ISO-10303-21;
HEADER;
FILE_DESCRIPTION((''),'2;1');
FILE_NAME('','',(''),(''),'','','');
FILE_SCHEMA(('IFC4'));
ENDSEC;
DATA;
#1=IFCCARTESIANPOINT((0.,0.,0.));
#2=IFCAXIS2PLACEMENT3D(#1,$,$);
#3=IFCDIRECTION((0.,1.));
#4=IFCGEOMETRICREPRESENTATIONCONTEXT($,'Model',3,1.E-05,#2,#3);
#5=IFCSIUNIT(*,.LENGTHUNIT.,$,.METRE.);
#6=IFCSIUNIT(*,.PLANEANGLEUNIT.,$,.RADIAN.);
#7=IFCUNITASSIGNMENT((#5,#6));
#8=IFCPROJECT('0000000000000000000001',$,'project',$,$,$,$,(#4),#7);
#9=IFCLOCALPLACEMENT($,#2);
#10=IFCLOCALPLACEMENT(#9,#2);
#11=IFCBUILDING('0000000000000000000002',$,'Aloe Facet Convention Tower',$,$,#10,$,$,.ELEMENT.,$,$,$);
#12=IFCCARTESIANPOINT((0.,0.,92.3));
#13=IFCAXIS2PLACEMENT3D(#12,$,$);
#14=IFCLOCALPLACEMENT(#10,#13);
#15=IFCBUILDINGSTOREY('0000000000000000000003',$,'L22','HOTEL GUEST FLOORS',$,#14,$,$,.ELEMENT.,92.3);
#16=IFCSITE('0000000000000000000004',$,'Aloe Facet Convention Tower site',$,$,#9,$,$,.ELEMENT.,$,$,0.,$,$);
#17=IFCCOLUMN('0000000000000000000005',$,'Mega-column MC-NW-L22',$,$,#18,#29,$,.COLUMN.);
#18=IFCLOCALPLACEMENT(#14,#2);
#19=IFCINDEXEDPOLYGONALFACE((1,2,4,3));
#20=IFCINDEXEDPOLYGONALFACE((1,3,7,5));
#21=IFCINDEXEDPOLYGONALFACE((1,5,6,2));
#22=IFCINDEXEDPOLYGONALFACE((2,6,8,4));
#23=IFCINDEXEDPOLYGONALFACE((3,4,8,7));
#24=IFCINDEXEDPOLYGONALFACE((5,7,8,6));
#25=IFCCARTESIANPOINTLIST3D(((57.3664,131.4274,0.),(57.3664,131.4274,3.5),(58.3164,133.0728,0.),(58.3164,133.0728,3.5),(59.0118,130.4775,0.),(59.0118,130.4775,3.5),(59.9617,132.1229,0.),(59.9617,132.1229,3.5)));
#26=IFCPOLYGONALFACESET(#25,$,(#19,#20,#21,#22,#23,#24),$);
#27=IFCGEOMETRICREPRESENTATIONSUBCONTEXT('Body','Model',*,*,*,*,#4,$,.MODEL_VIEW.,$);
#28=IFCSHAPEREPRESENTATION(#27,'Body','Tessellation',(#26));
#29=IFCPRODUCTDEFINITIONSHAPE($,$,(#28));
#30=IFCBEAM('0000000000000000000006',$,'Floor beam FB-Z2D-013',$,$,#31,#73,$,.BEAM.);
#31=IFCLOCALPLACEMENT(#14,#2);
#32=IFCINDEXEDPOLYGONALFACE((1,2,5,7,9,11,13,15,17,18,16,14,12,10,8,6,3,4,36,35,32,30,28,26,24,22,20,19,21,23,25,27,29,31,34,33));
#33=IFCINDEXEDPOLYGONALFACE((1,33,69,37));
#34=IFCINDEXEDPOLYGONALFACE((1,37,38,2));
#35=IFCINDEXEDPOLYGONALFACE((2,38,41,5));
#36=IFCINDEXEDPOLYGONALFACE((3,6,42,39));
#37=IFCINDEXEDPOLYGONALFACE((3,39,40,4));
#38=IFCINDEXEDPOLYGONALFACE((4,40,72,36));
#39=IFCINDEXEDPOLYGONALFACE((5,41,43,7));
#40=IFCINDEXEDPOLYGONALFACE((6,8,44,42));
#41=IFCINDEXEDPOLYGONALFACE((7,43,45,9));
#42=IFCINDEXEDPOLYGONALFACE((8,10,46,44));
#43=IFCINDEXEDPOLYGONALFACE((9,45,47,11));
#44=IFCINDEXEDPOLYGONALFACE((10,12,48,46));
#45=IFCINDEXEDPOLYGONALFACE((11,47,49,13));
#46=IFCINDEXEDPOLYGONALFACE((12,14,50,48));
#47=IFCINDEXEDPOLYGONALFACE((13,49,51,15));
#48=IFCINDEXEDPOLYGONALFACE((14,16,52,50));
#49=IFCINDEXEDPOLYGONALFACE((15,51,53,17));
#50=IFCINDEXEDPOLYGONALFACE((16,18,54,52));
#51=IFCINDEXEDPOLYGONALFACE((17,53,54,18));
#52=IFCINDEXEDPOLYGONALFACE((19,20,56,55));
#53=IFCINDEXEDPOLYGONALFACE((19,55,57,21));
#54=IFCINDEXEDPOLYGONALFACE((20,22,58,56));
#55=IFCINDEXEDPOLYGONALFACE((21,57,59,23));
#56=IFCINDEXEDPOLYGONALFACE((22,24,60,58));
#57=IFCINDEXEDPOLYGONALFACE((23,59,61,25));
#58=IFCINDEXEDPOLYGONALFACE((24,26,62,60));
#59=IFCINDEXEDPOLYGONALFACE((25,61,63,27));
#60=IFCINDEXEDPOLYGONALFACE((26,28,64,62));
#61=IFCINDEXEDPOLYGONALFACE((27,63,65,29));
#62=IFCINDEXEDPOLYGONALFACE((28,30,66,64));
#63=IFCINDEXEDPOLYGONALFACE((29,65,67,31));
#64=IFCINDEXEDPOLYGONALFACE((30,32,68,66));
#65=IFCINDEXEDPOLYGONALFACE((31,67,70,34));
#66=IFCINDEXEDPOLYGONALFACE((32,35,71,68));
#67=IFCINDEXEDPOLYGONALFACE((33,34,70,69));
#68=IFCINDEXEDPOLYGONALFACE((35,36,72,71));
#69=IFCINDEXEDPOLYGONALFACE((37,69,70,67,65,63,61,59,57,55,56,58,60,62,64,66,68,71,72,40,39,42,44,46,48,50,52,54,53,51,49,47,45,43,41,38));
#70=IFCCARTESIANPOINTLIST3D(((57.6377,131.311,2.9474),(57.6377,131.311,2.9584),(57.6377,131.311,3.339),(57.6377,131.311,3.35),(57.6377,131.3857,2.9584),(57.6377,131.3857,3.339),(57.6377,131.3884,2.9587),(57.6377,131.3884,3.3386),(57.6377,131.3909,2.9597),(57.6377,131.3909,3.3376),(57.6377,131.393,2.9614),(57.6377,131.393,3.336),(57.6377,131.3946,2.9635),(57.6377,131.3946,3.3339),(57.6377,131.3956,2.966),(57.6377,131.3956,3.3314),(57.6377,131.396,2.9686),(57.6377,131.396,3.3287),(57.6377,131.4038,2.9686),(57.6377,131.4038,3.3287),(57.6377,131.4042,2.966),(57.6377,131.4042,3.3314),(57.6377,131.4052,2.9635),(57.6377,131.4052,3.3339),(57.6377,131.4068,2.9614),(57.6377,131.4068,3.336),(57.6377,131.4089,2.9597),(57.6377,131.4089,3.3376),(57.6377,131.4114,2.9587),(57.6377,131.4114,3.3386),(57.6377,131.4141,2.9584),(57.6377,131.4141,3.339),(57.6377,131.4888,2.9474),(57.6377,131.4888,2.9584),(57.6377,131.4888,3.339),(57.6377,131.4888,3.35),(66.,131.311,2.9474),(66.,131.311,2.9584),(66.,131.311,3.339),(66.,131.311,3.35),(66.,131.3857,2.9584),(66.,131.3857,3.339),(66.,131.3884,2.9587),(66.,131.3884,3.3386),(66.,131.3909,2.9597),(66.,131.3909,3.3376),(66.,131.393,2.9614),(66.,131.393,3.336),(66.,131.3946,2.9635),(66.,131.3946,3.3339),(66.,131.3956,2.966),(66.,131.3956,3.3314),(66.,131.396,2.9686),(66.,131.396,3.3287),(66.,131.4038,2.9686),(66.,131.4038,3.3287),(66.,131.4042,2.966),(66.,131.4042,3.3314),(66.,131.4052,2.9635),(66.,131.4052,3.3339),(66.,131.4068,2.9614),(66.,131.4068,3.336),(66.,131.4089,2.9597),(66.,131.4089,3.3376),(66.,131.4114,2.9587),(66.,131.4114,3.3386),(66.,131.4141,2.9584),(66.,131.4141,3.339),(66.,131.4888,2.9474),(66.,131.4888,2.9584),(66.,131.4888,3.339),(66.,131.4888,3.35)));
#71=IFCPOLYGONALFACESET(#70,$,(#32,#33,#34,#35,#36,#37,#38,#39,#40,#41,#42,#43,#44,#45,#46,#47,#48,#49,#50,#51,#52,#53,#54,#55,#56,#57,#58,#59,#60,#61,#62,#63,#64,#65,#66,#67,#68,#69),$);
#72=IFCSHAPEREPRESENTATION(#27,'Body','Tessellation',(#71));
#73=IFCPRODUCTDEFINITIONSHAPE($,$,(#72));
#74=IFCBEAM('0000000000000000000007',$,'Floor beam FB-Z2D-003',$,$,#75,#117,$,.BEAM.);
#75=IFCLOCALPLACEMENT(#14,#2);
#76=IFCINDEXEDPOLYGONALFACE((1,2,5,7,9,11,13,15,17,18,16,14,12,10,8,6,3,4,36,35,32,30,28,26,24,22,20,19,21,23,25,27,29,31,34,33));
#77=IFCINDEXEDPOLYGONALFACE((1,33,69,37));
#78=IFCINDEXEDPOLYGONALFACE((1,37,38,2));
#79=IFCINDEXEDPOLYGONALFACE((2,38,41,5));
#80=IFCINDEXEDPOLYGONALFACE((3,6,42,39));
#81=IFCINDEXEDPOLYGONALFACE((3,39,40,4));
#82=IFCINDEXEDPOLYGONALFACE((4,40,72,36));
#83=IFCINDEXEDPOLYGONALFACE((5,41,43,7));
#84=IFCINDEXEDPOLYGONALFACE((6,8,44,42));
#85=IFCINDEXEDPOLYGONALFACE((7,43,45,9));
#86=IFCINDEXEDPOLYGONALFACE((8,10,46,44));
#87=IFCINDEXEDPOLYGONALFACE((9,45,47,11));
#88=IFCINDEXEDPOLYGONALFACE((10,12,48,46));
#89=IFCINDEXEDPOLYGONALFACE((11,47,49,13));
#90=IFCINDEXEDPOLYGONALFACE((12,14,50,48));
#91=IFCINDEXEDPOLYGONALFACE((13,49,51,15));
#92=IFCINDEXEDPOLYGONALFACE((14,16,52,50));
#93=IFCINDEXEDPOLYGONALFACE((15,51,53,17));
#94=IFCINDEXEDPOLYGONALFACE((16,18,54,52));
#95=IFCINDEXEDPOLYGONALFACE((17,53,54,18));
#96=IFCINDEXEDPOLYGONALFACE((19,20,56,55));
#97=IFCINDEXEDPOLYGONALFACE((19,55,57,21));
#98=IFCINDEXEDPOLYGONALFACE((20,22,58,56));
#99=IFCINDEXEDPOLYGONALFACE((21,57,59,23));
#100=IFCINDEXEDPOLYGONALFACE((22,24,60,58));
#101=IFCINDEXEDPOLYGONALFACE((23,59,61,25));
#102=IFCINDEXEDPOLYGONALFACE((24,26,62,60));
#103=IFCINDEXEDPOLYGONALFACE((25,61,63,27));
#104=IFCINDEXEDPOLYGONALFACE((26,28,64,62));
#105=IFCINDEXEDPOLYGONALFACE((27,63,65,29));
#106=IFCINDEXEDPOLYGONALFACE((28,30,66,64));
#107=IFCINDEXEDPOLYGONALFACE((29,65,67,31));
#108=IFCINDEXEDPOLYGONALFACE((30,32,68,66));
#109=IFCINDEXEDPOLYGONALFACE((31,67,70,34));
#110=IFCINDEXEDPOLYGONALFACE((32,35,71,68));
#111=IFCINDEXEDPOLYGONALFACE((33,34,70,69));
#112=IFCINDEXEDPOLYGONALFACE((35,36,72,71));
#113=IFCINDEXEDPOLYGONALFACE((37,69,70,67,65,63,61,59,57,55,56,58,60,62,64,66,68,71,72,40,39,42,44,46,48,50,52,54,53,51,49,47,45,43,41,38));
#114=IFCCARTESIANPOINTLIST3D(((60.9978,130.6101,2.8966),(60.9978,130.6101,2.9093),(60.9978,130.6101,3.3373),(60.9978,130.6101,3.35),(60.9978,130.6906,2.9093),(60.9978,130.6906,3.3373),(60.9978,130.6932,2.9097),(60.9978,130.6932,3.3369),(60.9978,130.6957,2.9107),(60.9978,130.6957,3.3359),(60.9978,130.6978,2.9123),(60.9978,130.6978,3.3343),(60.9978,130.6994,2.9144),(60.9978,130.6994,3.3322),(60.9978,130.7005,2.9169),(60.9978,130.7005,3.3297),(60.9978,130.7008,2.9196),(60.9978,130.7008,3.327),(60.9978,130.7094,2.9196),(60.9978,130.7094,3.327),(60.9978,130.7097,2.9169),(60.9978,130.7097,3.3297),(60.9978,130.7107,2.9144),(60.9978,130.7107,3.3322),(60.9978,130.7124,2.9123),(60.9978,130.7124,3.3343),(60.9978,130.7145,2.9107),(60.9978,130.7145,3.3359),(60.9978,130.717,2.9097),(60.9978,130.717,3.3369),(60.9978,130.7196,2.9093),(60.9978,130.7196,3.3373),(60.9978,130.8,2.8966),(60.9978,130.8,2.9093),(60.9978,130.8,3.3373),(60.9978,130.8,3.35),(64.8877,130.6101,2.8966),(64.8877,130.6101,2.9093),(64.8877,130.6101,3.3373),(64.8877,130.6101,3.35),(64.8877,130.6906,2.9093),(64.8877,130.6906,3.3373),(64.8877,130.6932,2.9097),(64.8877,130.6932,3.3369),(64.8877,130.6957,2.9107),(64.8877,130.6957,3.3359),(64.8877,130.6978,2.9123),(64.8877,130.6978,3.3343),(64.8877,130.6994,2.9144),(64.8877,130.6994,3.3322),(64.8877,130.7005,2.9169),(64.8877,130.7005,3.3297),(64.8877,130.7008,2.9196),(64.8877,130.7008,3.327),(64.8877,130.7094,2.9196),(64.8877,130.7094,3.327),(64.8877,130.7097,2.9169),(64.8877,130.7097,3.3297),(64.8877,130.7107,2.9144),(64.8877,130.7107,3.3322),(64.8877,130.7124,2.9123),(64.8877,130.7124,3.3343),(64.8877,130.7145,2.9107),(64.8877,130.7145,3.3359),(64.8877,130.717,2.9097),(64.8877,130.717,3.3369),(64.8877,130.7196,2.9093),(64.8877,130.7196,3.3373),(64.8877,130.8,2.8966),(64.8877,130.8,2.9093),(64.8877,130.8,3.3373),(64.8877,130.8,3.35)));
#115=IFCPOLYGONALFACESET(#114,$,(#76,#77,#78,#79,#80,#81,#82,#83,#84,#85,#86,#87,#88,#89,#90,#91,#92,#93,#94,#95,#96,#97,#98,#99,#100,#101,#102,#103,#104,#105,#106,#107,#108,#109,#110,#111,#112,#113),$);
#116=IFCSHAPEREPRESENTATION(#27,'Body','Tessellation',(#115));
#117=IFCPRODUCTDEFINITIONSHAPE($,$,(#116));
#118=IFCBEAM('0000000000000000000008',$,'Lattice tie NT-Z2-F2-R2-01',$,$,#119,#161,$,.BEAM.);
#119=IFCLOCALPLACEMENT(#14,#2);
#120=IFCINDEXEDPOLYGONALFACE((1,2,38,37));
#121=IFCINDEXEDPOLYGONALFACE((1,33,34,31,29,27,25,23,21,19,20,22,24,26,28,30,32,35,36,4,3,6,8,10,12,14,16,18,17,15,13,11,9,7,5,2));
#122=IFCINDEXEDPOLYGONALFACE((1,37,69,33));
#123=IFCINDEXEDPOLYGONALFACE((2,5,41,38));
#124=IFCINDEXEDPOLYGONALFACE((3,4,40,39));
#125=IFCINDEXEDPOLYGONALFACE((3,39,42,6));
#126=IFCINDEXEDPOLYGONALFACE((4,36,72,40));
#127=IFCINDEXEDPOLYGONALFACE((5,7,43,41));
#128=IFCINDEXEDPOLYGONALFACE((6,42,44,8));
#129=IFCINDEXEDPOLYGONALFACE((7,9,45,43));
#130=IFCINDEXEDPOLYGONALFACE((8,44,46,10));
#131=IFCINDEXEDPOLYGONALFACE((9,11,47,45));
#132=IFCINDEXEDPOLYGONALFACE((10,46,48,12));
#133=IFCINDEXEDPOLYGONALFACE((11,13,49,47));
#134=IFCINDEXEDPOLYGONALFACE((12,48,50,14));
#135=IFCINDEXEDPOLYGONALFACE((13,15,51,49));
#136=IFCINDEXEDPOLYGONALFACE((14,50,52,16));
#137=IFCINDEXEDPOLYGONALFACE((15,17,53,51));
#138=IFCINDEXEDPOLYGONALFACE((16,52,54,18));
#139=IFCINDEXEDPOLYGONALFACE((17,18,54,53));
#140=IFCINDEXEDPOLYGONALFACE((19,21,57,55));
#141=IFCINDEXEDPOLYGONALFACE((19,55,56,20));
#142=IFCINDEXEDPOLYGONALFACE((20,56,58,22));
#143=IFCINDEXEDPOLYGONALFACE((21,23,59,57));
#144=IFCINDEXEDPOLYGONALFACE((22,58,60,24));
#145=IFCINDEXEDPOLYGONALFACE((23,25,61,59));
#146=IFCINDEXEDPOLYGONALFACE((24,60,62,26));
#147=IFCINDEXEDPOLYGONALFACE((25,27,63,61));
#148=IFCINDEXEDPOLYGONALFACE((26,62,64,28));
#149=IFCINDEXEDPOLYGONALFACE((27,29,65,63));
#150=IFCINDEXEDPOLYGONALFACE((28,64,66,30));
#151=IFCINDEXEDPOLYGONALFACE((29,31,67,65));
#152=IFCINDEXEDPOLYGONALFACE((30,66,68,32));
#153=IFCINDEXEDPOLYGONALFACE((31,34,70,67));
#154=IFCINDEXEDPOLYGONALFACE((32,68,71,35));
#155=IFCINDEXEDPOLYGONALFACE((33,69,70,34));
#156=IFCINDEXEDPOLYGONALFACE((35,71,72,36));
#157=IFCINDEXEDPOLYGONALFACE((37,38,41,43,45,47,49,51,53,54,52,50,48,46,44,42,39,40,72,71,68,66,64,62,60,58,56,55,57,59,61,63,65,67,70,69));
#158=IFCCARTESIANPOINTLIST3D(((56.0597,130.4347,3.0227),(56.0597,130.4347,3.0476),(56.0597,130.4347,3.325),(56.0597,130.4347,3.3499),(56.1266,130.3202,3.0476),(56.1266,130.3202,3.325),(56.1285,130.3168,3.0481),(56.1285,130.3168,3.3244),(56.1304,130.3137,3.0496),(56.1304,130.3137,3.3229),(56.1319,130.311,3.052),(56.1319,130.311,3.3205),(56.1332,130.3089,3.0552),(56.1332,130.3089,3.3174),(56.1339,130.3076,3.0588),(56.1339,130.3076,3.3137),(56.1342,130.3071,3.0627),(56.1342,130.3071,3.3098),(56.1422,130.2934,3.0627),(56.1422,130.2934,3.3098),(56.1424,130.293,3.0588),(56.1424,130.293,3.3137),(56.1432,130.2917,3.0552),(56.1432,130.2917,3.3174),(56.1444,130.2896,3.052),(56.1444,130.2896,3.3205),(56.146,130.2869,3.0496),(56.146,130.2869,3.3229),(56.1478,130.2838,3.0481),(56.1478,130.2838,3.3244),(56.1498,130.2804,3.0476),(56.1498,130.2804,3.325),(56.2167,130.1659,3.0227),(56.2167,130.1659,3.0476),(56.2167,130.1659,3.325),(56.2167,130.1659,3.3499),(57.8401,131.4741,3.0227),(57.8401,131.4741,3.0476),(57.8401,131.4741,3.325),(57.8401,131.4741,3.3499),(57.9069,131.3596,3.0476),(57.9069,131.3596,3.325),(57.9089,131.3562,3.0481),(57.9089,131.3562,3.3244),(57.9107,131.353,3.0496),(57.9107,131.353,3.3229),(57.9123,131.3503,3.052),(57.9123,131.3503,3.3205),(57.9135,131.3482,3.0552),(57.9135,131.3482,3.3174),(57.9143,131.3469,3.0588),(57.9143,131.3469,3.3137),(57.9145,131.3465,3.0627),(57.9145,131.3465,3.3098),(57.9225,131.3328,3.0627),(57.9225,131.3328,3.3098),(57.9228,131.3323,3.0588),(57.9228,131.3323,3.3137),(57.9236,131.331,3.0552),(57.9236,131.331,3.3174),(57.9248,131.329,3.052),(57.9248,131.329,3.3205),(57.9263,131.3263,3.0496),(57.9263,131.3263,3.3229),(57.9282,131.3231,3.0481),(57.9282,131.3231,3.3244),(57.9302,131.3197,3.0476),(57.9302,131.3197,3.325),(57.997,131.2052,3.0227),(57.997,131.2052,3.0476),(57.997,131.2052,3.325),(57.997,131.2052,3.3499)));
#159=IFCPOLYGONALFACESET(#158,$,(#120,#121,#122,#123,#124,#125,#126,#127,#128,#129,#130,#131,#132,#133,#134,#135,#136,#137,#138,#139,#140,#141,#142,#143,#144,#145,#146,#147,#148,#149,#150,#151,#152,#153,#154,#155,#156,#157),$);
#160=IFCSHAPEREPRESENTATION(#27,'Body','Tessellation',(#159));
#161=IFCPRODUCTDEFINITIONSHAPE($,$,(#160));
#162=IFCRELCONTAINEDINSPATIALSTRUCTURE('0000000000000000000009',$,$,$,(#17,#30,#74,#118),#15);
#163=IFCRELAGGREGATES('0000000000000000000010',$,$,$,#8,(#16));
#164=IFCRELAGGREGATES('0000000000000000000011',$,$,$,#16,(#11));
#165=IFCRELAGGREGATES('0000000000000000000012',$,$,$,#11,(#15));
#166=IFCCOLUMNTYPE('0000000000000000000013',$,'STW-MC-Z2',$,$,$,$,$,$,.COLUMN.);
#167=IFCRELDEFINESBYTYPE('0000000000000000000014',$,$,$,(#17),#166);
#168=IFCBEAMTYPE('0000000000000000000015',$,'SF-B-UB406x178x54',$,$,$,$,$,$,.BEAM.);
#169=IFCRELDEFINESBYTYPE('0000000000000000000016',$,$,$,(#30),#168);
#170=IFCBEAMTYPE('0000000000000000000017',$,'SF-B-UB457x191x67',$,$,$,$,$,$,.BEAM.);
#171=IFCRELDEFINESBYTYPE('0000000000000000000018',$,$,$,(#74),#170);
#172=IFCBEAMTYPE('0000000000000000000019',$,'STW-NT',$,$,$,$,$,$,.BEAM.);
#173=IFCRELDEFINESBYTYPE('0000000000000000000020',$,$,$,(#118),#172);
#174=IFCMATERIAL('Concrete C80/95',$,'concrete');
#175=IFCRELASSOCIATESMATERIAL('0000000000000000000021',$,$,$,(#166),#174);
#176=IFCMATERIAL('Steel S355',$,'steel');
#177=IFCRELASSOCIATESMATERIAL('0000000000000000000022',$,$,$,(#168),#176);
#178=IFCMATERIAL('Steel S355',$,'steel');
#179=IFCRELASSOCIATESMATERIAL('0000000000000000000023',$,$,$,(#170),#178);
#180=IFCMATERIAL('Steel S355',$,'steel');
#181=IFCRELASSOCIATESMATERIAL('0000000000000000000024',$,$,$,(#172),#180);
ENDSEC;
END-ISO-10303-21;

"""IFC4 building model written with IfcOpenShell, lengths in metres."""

from ifc_helpers import new_model, si_unit, direction, frame, origin, origin_2d, place, context, subcontext, project, spatial, rectangle, i_section, extrude, material, material_profile, profile_set, type_object, element, save


model = new_model("IFC4")

# Units and contexts
model_context = context("Model", 3, precision=1e-05, world=origin(), true_north=direction((0.0, 1.0)))
body_context = subcontext(model_context, "Body", "Model", "MODEL_VIEW")
ifc_project = project(units=[si_unit("LENGTHUNIT", "METRE"), si_unit("PLANEANGLEUNIT", "RADIAN")], contexts=[model_context])

# Site, building, storey
site_placement = place(None, origin())
site = spatial("IfcSite", under=ifc_project, at=site_placement, Name="Aloe Facet Convention Tower site", CompositionType="ELEMENT", RefElevation=0.0)
building_placement = place(site_placement, origin())
building = spatial("IfcBuilding", under=site, at=building_placement, Name="Aloe Facet Convention Tower", CompositionType="ELEMENT")
storey_placement = place(building_placement, frame((0.0, 0.0, 92.3)))
storey = spatial("IfcBuildingStorey", under=building, at=storey_placement, Name="L22", Description="HOTEL GUEST FLOORS", CompositionType="ELEMENT", Elevation=92.3)

# Column
ifc_material_1 = material(Name="Concrete C80/95", Category="concrete")
ifc_material_profile_1 = material_profile(ifc_material_1, rectangle(XDim=1.8999, YDim=1.8999, at=origin_2d()), Name="STW-MC-Z2")
ifc_profile_set_1 = profile_set([ifc_material_profile_1], Name="Concrete C80/95")
column_type = type_object("IfcColumnType", Name="STW-MC-Z2", PredefinedType="COLUMN", material=ifc_profile_set_1)
column_placement = place(storey_placement, frame((58.6641, 131.7751, 0.0), z_axis=(0.0, 0.0, 1.0), x_axis=(-0.5, -0.866025, 0.0)))
element("IfcColumn", 1, at=column_placement, inside=storey, type_object=column_type, Name="Mega-column MC-NW-L22", PredefinedType="COLUMN", context=body_context, shape_type="SweptSolid", body=[
    extrude(rectangle(XDim=1.8999, YDim=1.8999, at=origin_2d()), origin(), (0.0, 0.0, 1.0), 3.5),
])

# Beams
ifc_material_2 = material(Name="Steel S355", Category="steel")
ifc_material_profile_2 = material_profile(ifc_material_2, i_section(OverallWidth=0.1777, OverallDepth=0.4026, WebThickness=0.0078, FlangeThickness=0.011, FilletRadius=0.0103, at=origin_2d()), Name="UB 406x178x54")
ifc_profile_set_2 = profile_set([ifc_material_profile_2], Name="Steel S355")
beam_type_1 = type_object("IfcBeamType", Name="SF-B-UB406x178x54", PredefinedType="BEAM", material=ifc_profile_set_2)
beam_1_placement = place(storey_placement, frame((57.6377, 131.3999, 3.1487), z_axis=(1.0, 0.0, 0.0), x_axis=(0.0, 1.0, 0.0)))
element("IfcBeam", 2, at=beam_1_placement, inside=storey, type_object=beam_type_1, Name="Floor beam FB-Z2D-013", PredefinedType="BEAM", context=body_context, shape_type="SweptSolid", body=[
    extrude(i_section(OverallWidth=0.1777, OverallDepth=0.4026, WebThickness=0.0078, FlangeThickness=0.011, FilletRadius=0.0103, at=origin_2d()), origin(), (0.0, 0.0, 1.0), 8.3623),
])
ifc_material_3 = material(Name="Steel S355", Category="steel")
ifc_material_profile_3 = material_profile(ifc_material_3, i_section(OverallWidth=0.1899, OverallDepth=0.4534, WebThickness=0.0085, FlangeThickness=0.0127, FilletRadius=0.0103, at=origin_2d()), Name="UB 457x191x67")
ifc_profile_set_3 = profile_set([ifc_material_profile_3], Name="Steel S355")
beam_type_2 = type_object("IfcBeamType", Name="SF-B-UB457x191x67", PredefinedType="BEAM", material=ifc_profile_set_3)
beam_2_placement = place(storey_placement, frame((60.9978, 130.7051, 3.1233), z_axis=(1.0, 0.0, 0.0), x_axis=(0.0, 1.0, 0.0)))
element("IfcBeam", 3, at=beam_2_placement, inside=storey, type_object=beam_type_2, Name="Floor beam FB-Z2D-003", PredefinedType="BEAM", context=body_context, shape_type="SweptSolid", body=[
    extrude(i_section(OverallWidth=0.1899, OverallDepth=0.4534, WebThickness=0.0085, FlangeThickness=0.0127, FilletRadius=0.0103, at=origin_2d()), origin(), (0.0, 0.0, 1.0), 3.8899),
])
ifc_material_4 = material(Name="Steel S355", Category="steel")
ifc_material_profile_4 = material_profile(ifc_material_4, i_section(OverallWidth=0.3113, OverallDepth=0.3271, WebThickness=0.0159, FlangeThickness=0.0249, FilletRadius=0.0151, at=origin_2d()), Name="UC 305x305x158")
ifc_profile_set_4 = profile_set([ifc_material_profile_4], Name="Steel S355")
beam_type_3 = type_object("IfcBeamType", Name="STW-NT", PredefinedType="BEAM", material=ifc_profile_set_4)
beam_3_placement = place(storey_placement, frame((56.1382, 130.3003, 3.1863), z_axis=(0.863607, 0.504166, 0.0), x_axis=(-0.504166, 0.863607, 0.0)))
element("IfcBeam", 4, at=beam_3_placement, inside=storey, type_object=beam_type_3, Name="Lattice tie NT-Z2-F2-R2-01", PredefinedType="BEAM", context=body_context, shape_type="SweptSolid", body=[
    extrude(i_section(OverallWidth=0.3113, OverallDepth=0.3271, WebThickness=0.0159, FlangeThickness=0.0249, FilletRadius=0.0151, at=origin_2d()), origin(), (0.0, 0.0, 1.0), 2.0615),
])

save(model, "model.ifc")
